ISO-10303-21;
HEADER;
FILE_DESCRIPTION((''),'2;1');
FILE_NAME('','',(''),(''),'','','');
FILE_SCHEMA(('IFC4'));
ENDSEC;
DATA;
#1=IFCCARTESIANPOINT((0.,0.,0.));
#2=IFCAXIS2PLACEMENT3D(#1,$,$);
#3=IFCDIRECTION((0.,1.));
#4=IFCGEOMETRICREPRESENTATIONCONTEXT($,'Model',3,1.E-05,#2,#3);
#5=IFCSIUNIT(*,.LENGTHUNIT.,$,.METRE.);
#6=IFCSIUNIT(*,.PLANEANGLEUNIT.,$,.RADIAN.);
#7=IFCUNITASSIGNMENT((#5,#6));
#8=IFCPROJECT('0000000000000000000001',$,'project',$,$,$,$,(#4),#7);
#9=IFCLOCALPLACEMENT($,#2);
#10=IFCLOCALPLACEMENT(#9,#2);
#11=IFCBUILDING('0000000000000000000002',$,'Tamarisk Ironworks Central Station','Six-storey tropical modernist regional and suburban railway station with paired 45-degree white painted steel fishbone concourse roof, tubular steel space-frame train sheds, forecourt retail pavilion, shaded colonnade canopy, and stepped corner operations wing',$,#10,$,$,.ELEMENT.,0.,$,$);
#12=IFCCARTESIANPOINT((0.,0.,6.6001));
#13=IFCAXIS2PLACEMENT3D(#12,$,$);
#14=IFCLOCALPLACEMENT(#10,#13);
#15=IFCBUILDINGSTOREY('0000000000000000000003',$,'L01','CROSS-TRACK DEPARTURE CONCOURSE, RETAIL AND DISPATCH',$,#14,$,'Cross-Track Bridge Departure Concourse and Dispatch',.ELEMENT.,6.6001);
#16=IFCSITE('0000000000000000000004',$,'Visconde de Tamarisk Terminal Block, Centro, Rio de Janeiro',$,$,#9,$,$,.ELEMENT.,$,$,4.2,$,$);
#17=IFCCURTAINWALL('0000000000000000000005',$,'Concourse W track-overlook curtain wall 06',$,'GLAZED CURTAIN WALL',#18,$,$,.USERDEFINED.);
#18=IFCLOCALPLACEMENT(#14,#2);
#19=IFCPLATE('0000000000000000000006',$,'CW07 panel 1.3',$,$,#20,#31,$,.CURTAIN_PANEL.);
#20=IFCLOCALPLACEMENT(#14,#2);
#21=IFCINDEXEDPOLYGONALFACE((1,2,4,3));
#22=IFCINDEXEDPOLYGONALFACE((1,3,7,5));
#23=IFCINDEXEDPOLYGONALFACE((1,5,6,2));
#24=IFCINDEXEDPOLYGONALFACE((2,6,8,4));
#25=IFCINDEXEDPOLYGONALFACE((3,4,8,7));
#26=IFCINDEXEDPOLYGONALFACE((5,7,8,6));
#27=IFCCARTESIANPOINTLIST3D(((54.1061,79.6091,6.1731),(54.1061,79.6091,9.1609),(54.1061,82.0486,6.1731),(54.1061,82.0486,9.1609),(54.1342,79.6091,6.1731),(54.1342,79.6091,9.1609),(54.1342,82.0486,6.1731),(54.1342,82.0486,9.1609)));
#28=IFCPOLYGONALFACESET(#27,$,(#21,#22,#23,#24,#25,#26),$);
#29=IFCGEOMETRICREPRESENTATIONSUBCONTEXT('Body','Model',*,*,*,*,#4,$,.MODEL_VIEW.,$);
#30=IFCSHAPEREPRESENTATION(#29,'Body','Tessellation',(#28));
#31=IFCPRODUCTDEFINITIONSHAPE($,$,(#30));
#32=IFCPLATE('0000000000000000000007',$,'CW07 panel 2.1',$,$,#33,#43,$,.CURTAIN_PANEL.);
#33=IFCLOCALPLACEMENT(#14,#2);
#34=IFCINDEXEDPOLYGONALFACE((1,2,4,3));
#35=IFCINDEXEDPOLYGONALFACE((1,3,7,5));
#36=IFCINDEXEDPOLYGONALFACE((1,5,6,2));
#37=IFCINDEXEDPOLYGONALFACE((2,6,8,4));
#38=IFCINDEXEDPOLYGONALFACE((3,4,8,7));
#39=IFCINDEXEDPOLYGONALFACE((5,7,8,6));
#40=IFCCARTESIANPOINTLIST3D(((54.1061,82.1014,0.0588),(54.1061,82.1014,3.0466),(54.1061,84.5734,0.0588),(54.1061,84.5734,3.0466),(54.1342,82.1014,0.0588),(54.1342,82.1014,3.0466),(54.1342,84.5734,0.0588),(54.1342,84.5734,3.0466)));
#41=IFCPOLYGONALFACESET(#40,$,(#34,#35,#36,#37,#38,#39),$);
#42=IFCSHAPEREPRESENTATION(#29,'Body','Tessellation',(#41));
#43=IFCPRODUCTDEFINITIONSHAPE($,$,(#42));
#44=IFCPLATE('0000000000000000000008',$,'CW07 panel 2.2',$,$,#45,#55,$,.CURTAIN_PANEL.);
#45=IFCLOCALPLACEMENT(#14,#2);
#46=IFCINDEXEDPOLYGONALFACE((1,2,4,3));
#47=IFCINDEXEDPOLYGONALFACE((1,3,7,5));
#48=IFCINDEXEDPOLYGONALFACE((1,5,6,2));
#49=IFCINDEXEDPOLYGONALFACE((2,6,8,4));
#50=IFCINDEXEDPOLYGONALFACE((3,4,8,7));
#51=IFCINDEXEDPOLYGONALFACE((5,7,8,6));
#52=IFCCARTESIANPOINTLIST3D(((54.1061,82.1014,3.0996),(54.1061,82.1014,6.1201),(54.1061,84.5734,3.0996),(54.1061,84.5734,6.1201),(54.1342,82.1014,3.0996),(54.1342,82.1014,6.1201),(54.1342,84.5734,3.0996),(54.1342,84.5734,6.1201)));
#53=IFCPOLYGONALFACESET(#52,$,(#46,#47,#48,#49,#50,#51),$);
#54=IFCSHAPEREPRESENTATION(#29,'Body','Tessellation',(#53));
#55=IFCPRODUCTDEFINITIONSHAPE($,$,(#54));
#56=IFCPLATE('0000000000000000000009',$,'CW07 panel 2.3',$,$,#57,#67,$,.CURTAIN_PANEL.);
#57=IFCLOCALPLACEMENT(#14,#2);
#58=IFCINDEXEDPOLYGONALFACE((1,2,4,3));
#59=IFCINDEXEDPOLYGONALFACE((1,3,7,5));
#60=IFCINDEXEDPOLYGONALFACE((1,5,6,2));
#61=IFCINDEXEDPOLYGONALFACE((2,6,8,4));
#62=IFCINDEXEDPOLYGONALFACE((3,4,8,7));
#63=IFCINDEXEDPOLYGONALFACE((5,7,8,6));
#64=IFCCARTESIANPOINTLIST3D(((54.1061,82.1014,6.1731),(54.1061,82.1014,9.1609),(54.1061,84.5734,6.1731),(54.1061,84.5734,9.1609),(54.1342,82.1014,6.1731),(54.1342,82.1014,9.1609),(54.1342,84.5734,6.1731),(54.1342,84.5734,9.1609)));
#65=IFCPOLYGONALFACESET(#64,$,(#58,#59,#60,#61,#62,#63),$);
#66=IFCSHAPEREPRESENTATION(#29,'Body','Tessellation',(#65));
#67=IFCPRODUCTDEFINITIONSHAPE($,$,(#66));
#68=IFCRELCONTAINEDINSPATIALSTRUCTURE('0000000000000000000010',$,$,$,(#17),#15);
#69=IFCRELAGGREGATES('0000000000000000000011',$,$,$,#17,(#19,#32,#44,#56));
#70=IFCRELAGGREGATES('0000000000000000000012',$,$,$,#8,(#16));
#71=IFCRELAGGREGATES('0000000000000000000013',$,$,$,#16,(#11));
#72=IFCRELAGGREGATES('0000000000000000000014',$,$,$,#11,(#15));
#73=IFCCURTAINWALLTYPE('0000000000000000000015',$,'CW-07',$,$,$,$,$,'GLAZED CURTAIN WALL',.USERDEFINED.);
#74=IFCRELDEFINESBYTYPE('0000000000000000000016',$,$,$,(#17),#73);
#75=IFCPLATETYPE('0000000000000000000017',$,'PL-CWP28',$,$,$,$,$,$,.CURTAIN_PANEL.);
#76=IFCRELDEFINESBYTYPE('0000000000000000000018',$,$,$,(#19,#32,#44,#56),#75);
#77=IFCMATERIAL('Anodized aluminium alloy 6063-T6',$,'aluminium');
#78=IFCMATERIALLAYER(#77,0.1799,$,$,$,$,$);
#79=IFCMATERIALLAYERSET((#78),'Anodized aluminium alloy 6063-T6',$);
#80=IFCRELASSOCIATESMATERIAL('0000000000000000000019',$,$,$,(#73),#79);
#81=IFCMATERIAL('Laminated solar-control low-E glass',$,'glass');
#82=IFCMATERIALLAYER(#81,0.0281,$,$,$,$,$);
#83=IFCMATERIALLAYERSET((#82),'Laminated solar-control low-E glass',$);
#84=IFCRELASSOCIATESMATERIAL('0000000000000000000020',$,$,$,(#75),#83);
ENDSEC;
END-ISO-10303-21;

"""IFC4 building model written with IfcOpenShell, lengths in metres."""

from ifc_helpers import new_model, si_unit, direction, frame, origin, origin_2d, place, context, subcontext, project, spatial, rectangle, extrude, material, layer, layer_set, type_object, element, aggregate, save


model = new_model("IFC4")

# Units and contexts
model_context = context("Model", 3, precision=1e-05, world=origin(), true_north=direction((0.0, 1.0)))
body_context = subcontext(model_context, "Body", "Model", "MODEL_VIEW")
ifc_project = project(units=[si_unit("LENGTHUNIT", "METRE"), si_unit("PLANEANGLEUNIT", "RADIAN")], contexts=[model_context])

# Site, building, storey
site_placement = place(None, origin())
site = spatial("IfcSite", under=ifc_project, at=site_placement, Name="Visconde de Tamarisk Terminal Block, Centro, Rio de Janeiro", CompositionType="ELEMENT", RefElevation=4.2)
building_placement = place(site_placement, origin())
building = spatial("IfcBuilding", under=site, at=building_placement, Name="Tamarisk Ironworks Central Station", Description="Six-storey tropical modernist regional and suburban railway station with paired 45-degree white painted steel fishbone concourse roof, tubular steel space-frame train sheds, forecourt retail pavilion, shaded colonnade canopy, and stepped corner operations wing", CompositionType="ELEMENT", ElevationOfRefHeight=0.0)
storey_placement = place(building_placement, frame((0.0, 0.0, 6.6001)))
storey = spatial("IfcBuildingStorey", under=building, at=storey_placement, Name="L01", Description="CROSS-TRACK DEPARTURE CONCOURSE, RETAIL AND DISPATCH", LongName="Cross-Track Bridge Departure Concourse and Dispatch", CompositionType="ELEMENT", Elevation=6.6001)

# Shared definitions
ifc_material_1 = material(Name="Anodized aluminium alloy 6063-T6", Category="aluminium")

# Curtain wall
ifc_layer_1 = layer(ifc_material_1, 0.1799)
ifc_layer_set_1 = layer_set([ifc_layer_1], Name="Anodized aluminium alloy 6063-T6")
curtain_wall_type_1 = type_object("IfcCurtainWallType", Name="CW-07", ElementType="GLAZED CURTAIN WALL", PredefinedType="USERDEFINED", material=ifc_layer_set_1)
curtain_wall_1_placement = place(storey_placement, origin())
curtain_wall_1 = element("IfcCurtainWall", 1, at=curtain_wall_1_placement, inside=storey, type_object=curtain_wall_type_1, Name="Concourse W track-overlook curtain wall 06", ObjectType="GLAZED CURTAIN WALL", PredefinedType="USERDEFINED")

# Plates
ifc_material_2 = material(Name="Laminated solar-control low-E glass", Category="glass")
ifc_layer_2 = layer(ifc_material_2, 0.0281)
ifc_layer_set_2 = layer_set([ifc_layer_2], Name="Laminated solar-control low-E glass")
plate_type = type_object("IfcPlateType", Name="PL-CWP28", PredefinedType="CURTAIN_PANEL", material=ifc_layer_set_2)
plate_1_placement = place(storey_placement, frame((54.1201, 80.8289, 6.1731), z_axis=(0.0, 0.0, 1.0), x_axis=(0.0, 1.0, 0.0)))
plate_1 = element("IfcPlate", 2, at=plate_1_placement, type_object=plate_type, Name="CW07 panel 1.3", PredefinedType="CURTAIN_PANEL", context=body_context, shape_type="SweptSolid", body=[
    extrude(rectangle(XDim=2.4395, YDim=0.0281, at=origin_2d()), origin(), (0.0, 0.0, 1.0), 2.9878),
])
plate_2_placement = place(storey_placement, frame((54.1201, 83.3374, 0.0588), z_axis=(0.0, 0.0, 1.0), x_axis=(0.0, 1.0, 0.0)))
plate_2 = element("IfcPlate", 3, at=plate_2_placement, type_object=plate_type, Name="CW07 panel 2.1", PredefinedType="CURTAIN_PANEL", context=body_context, shape_type="SweptSolid", body=[
    extrude(rectangle(XDim=2.4719, YDim=0.0281, at=origin_2d()), origin(), (0.0, 0.0, 1.0), 2.9878),
])
plate_3_placement = place(storey_placement, frame((54.1201, 83.3374, 3.0996), z_axis=(0.0, 0.0, 1.0), x_axis=(0.0, 1.0, 0.0)))
plate_3 = element("IfcPlate", 4, at=plate_3_placement, type_object=plate_type, Name="CW07 panel 2.2", PredefinedType="CURTAIN_PANEL", context=body_context, shape_type="SweptSolid", body=[
    extrude(rectangle(XDim=2.4719, YDim=0.0281, at=origin_2d()), origin(), (0.0, 0.0, 1.0), 3.0205),
])
plate_4_placement = place(storey_placement, frame((54.1201, 83.3374, 6.1731), z_axis=(0.0, 0.0, 1.0), x_axis=(0.0, 1.0, 0.0)))
plate_4 = element("IfcPlate", 5, at=plate_4_placement, type_object=plate_type, Name="CW07 panel 2.3", PredefinedType="CURTAIN_PANEL", context=body_context, shape_type="SweptSolid", body=[
    extrude(rectangle(XDim=2.4719, YDim=0.0281, at=origin_2d()), origin(), (0.0, 0.0, 1.0), 2.9878),
])
aggregate(curtain_wall_1, [plate_1, plate_2, plate_3, plate_4])

save(model, "model.ifc")
